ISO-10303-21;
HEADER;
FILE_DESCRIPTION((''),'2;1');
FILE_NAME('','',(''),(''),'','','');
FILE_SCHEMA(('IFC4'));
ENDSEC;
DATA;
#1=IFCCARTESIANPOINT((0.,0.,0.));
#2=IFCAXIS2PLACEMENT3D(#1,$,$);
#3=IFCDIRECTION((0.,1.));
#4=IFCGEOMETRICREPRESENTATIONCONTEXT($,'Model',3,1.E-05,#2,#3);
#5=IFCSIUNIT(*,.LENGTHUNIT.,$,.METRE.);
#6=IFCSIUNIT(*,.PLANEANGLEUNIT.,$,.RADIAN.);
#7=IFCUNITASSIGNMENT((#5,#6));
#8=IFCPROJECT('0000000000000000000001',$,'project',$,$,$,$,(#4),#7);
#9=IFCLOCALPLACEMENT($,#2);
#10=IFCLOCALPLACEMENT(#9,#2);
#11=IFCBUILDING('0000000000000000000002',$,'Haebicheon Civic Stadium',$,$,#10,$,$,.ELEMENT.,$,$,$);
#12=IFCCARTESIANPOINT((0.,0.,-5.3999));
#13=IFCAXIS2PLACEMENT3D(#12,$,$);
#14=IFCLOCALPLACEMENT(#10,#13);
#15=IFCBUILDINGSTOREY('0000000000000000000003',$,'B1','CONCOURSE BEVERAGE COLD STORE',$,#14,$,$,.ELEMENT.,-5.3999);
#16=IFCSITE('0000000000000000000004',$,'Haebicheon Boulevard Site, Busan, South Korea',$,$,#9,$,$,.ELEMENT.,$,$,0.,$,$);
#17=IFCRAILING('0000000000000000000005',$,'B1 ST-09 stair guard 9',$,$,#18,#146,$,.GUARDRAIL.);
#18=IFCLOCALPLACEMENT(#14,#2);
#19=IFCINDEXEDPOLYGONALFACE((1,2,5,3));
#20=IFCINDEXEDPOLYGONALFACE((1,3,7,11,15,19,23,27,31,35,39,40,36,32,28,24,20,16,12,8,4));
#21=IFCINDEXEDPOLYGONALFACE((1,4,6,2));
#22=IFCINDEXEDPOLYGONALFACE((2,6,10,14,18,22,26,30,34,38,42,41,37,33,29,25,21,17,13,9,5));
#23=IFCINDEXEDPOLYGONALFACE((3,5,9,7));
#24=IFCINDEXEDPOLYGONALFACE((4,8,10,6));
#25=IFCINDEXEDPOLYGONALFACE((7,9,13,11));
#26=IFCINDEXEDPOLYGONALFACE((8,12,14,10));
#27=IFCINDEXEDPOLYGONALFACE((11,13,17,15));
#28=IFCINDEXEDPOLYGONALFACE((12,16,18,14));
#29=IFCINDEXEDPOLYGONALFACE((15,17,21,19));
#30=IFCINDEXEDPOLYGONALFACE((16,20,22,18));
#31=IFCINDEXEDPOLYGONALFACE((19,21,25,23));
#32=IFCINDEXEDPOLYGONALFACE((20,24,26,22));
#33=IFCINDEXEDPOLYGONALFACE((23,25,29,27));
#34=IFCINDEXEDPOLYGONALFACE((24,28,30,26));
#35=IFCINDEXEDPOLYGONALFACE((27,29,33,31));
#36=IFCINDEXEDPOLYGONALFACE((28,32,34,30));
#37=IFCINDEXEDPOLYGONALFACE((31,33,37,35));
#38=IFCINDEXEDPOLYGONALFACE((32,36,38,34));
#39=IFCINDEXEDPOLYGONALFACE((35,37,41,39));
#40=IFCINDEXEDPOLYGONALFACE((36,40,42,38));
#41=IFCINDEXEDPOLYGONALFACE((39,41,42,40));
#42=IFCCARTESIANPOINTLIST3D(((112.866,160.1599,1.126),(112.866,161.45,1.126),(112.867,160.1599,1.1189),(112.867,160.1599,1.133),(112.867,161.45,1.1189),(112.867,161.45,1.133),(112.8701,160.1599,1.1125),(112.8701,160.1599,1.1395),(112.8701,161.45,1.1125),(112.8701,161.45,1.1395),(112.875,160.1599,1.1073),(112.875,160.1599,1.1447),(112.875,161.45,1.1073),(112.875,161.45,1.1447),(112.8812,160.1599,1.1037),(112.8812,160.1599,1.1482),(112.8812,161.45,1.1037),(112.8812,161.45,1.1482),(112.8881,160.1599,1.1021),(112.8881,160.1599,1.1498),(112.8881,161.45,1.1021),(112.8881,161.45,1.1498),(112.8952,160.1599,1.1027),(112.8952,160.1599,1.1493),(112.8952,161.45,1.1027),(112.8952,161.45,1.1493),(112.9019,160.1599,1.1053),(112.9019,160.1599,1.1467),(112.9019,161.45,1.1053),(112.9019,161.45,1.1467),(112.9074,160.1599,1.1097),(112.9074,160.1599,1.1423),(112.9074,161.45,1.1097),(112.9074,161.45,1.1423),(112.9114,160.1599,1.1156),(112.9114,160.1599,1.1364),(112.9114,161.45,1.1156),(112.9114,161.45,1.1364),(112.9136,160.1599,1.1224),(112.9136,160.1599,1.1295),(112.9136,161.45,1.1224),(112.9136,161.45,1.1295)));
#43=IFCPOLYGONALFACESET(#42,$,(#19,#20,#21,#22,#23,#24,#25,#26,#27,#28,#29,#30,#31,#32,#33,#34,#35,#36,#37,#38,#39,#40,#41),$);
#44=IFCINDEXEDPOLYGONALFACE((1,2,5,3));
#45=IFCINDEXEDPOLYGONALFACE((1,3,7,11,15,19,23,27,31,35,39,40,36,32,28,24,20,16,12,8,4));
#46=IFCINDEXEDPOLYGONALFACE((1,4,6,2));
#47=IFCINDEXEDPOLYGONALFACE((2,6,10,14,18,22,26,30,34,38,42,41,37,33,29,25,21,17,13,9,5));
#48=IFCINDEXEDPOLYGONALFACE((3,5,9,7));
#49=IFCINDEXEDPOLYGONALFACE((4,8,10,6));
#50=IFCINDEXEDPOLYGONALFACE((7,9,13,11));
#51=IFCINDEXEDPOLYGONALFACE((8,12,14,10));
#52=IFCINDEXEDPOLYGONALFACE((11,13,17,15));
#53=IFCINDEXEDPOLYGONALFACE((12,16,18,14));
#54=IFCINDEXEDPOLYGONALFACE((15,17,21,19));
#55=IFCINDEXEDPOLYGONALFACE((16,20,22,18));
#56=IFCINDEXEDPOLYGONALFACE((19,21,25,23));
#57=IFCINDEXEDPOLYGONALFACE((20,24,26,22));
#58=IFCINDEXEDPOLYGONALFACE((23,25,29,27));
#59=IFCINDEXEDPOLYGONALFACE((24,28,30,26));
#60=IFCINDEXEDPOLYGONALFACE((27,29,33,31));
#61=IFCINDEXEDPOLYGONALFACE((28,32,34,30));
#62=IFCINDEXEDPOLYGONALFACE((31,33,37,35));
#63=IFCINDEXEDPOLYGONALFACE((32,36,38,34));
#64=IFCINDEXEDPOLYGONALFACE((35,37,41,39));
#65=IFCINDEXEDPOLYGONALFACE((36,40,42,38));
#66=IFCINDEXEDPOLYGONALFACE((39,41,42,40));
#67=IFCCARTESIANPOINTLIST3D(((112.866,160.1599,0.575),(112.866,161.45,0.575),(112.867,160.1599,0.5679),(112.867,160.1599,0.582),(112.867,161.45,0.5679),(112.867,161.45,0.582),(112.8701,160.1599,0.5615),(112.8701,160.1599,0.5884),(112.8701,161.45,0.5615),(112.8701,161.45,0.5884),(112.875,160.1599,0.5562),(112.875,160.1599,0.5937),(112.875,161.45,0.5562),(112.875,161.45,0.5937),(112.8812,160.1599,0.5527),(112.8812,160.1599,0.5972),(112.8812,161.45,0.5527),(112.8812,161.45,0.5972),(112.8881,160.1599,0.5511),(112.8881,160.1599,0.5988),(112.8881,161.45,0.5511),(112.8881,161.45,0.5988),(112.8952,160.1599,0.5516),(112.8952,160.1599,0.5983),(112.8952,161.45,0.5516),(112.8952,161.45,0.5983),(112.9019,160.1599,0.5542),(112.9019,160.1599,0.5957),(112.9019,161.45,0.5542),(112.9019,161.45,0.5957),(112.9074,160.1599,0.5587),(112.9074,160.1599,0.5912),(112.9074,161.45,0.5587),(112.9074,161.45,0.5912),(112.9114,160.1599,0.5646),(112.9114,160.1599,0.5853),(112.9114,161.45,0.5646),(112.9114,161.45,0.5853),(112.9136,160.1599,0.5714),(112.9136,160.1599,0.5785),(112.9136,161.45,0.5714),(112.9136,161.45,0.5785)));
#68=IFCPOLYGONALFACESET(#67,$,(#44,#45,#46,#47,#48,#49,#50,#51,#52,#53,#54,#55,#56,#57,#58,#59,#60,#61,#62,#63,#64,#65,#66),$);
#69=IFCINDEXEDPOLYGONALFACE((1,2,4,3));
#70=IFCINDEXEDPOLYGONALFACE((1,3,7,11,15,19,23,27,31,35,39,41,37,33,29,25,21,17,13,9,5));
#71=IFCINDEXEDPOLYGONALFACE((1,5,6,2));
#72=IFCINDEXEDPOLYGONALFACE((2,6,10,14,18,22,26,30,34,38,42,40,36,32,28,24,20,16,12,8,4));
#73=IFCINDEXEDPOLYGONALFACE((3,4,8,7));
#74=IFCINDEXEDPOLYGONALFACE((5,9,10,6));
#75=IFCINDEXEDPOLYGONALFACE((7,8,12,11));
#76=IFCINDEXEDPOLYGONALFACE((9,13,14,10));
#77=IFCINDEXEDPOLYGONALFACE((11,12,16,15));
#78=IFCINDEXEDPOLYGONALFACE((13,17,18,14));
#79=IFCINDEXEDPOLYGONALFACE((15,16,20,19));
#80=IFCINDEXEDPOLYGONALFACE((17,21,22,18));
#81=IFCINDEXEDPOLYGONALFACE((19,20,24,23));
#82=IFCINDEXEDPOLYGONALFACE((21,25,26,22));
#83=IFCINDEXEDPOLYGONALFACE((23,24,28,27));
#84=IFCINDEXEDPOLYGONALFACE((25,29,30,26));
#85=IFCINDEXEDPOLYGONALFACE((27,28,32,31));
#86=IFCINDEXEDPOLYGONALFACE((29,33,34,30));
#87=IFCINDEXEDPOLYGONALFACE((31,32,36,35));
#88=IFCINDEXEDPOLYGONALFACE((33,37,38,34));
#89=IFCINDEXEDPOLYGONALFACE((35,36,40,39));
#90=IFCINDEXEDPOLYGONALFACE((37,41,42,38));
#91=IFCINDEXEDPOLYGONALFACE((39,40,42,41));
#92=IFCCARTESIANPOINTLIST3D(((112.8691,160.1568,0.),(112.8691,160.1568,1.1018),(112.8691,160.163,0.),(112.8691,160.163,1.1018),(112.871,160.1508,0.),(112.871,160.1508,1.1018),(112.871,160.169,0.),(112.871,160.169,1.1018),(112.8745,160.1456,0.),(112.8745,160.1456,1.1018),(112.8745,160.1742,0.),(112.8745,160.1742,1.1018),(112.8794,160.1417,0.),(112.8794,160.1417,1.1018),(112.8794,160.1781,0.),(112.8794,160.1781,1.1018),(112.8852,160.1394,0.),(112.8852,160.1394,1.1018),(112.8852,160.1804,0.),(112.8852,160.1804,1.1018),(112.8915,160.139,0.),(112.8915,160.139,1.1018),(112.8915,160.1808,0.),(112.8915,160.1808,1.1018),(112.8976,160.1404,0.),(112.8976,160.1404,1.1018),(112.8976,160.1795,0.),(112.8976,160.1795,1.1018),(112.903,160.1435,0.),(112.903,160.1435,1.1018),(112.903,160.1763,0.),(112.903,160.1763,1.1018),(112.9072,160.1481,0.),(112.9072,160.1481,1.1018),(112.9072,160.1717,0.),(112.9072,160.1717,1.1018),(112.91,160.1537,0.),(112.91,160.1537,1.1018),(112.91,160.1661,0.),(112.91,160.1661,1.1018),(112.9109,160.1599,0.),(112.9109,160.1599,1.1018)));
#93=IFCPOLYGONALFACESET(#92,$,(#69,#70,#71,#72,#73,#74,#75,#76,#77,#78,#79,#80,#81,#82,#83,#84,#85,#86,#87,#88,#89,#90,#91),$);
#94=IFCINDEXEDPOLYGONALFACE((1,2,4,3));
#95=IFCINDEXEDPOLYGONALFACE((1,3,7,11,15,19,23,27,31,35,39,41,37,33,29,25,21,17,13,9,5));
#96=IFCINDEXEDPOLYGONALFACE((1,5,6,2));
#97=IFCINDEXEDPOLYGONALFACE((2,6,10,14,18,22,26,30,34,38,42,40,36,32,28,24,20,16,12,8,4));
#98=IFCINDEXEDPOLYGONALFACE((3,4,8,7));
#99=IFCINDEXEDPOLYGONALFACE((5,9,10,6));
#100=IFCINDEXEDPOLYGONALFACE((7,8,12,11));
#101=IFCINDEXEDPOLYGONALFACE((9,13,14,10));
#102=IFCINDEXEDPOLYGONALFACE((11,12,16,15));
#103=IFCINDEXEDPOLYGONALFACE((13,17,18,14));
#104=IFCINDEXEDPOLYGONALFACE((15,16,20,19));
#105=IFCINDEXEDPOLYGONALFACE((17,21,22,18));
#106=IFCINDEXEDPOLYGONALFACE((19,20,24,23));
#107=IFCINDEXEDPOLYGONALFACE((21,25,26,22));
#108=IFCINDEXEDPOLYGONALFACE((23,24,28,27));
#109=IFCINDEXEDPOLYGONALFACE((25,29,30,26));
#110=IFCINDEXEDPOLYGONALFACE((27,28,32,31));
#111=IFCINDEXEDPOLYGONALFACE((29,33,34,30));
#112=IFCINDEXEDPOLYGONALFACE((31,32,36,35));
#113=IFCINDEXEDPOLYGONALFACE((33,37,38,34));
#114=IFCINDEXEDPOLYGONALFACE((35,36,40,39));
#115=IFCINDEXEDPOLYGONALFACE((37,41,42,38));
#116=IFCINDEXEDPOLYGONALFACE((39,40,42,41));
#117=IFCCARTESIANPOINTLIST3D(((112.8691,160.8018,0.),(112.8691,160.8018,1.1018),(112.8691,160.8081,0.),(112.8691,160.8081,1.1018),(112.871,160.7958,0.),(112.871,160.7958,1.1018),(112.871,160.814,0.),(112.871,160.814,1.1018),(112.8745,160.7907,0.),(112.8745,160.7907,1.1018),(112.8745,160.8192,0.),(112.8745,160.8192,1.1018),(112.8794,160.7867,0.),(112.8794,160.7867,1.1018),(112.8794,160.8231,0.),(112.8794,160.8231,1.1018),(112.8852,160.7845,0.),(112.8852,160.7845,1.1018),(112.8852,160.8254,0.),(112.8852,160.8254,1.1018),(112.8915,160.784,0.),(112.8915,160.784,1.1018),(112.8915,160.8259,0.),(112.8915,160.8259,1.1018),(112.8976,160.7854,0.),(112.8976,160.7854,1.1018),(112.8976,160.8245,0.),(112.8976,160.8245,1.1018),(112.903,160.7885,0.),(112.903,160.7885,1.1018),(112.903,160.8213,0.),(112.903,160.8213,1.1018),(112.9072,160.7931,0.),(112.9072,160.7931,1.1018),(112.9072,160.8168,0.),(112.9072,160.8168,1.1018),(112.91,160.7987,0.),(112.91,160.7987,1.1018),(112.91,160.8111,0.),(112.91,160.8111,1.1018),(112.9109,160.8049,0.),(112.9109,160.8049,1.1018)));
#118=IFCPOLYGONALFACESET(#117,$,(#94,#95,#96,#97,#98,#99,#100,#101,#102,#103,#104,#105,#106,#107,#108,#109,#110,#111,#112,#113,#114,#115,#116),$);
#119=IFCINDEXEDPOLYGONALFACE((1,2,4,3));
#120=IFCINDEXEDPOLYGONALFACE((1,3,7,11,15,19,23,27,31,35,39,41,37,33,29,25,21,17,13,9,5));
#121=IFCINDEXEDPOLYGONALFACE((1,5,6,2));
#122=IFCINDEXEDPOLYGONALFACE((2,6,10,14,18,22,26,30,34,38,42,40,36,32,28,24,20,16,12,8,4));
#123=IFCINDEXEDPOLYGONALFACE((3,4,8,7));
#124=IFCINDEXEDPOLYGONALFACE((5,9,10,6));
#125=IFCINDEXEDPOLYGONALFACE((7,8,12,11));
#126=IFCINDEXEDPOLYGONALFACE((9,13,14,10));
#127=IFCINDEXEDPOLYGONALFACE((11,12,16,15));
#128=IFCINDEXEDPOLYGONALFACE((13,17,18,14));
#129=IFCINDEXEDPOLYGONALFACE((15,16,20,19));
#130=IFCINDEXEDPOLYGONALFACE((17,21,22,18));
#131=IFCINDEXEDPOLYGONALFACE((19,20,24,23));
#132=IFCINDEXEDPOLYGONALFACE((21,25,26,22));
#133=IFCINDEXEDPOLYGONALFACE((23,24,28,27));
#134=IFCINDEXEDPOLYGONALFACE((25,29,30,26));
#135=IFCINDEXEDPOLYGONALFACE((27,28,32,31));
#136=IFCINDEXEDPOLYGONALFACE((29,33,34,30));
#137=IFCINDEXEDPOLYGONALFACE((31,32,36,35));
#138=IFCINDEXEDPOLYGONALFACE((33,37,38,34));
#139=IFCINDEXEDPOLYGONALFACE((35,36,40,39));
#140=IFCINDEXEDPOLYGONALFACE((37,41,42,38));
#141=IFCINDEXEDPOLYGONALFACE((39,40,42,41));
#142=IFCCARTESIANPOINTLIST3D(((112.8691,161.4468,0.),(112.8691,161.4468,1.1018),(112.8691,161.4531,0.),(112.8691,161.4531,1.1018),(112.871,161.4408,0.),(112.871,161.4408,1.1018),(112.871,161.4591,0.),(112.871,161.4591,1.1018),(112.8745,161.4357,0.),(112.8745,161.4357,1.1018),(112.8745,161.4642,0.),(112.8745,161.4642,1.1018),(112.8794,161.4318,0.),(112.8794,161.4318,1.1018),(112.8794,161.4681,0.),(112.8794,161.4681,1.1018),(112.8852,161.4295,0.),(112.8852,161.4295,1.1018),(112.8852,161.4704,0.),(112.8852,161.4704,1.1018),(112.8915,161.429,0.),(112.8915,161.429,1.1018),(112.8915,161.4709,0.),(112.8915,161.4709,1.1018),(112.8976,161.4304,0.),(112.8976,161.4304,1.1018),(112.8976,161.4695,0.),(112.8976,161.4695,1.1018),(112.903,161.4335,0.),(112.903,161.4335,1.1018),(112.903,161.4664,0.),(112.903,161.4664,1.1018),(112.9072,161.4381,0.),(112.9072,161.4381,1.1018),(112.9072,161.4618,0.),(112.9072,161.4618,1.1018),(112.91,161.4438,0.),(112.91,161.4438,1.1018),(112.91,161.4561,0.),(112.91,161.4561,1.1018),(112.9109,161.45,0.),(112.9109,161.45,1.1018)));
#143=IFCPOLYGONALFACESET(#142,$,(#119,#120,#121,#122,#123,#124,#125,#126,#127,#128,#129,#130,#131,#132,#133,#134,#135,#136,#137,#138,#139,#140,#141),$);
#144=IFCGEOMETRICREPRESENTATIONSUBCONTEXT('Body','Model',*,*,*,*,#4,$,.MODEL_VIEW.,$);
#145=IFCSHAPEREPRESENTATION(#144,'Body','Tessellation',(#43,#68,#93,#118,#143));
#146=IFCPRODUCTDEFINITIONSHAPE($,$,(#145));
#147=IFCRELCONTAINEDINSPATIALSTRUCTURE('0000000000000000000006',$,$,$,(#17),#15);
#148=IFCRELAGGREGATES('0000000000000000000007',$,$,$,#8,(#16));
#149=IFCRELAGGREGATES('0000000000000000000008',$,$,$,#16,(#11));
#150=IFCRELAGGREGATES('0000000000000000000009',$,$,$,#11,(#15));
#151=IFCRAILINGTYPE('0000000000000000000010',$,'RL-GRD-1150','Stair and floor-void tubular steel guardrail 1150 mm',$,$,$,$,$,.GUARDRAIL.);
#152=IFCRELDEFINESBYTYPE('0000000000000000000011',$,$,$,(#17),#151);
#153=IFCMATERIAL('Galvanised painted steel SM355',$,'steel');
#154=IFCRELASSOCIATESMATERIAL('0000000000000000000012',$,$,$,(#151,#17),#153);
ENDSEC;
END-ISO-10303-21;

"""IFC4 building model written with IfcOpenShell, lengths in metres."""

from ifc_helpers import new_model, si_unit, direction, frame, origin, origin_2d, place, context, subcontext, project, spatial, circle, extrude, material, type_object, element, save


model = new_model("IFC4")

# Units and contexts
model_context = context("Model", 3, precision=1e-05, world=origin(), true_north=direction((0.0, 1.0)))
body_context = subcontext(model_context, "Body", "Model", "MODEL_VIEW")
ifc_project = project(units=[si_unit("LENGTHUNIT", "METRE"), si_unit("PLANEANGLEUNIT", "RADIAN")], contexts=[model_context])

# Site, building, storey
site_placement = place(None, origin())
site = spatial("IfcSite", under=ifc_project, at=site_placement, Name="Haebicheon Boulevard Site, Busan, South Korea", CompositionType="ELEMENT", RefElevation=0.0)
building_placement = place(site_placement, origin())
building = spatial("IfcBuilding", under=site, at=building_placement, Name="Haebicheon Civic Stadium", CompositionType="ELEMENT")
storey_placement = place(building_placement, frame((0.0, 0.0, -5.3999)))
storey = spatial("IfcBuildingStorey", under=building, at=storey_placement, Name="B1", Description="CONCOURSE BEVERAGE COLD STORE", CompositionType="ELEMENT", Elevation=-5.3999)

# Railing
ifc_material_1 = material(Name="Galvanised painted steel SM355", Category="steel")
railing_type_1 = type_object("IfcRailingType", Name="RL-GRD-1150", Description="Stair and floor-void tubular steel guardrail 1150 mm", PredefinedType="GUARDRAIL", material=ifc_material_1)
railing_1_placement = place(storey_placement, frame((112.8899, 160.1599, 0.0)))
element("IfcRailing", 1, at=railing_1_placement, inside=storey, type_object=railing_type_1, material=ifc_material_1, Name="B1 ST-09 stair guard 9", PredefinedType="GUARDRAIL", context=body_context, shape_type="SweptSolid", body=[
    extrude(circle(Radius=0.0239, at=origin_2d()), frame((0.0, 0.0, 1.126), z_axis=(0.0, 1.0, 0.0), x_axis=(-1.0, 0.0, 0.0)), (0.0, 0.0, 1.0), 1.29),
    extrude(circle(Radius=0.0239, at=origin_2d()), frame((0.0, 0.0, 0.575), z_axis=(0.0, 1.0, 0.0), x_axis=(-1.0, 0.0, 0.0)), (0.0, 0.0, 1.0), 1.29),
    extrude(circle(Radius=0.021, at=origin_2d()), origin(), (0.0, 0.0, 1.0), 1.1018),
    extrude(circle(Radius=0.021, at=origin_2d()), frame((0.0, 0.645, 0.0)), (0.0, 0.0, 1.0), 1.1018),
    extrude(circle(Radius=0.021, at=origin_2d()), frame((0.0, 1.29, 0.0)), (0.0, 0.0, 1.0), 1.1018),
])

save(model, "model.ifc")
